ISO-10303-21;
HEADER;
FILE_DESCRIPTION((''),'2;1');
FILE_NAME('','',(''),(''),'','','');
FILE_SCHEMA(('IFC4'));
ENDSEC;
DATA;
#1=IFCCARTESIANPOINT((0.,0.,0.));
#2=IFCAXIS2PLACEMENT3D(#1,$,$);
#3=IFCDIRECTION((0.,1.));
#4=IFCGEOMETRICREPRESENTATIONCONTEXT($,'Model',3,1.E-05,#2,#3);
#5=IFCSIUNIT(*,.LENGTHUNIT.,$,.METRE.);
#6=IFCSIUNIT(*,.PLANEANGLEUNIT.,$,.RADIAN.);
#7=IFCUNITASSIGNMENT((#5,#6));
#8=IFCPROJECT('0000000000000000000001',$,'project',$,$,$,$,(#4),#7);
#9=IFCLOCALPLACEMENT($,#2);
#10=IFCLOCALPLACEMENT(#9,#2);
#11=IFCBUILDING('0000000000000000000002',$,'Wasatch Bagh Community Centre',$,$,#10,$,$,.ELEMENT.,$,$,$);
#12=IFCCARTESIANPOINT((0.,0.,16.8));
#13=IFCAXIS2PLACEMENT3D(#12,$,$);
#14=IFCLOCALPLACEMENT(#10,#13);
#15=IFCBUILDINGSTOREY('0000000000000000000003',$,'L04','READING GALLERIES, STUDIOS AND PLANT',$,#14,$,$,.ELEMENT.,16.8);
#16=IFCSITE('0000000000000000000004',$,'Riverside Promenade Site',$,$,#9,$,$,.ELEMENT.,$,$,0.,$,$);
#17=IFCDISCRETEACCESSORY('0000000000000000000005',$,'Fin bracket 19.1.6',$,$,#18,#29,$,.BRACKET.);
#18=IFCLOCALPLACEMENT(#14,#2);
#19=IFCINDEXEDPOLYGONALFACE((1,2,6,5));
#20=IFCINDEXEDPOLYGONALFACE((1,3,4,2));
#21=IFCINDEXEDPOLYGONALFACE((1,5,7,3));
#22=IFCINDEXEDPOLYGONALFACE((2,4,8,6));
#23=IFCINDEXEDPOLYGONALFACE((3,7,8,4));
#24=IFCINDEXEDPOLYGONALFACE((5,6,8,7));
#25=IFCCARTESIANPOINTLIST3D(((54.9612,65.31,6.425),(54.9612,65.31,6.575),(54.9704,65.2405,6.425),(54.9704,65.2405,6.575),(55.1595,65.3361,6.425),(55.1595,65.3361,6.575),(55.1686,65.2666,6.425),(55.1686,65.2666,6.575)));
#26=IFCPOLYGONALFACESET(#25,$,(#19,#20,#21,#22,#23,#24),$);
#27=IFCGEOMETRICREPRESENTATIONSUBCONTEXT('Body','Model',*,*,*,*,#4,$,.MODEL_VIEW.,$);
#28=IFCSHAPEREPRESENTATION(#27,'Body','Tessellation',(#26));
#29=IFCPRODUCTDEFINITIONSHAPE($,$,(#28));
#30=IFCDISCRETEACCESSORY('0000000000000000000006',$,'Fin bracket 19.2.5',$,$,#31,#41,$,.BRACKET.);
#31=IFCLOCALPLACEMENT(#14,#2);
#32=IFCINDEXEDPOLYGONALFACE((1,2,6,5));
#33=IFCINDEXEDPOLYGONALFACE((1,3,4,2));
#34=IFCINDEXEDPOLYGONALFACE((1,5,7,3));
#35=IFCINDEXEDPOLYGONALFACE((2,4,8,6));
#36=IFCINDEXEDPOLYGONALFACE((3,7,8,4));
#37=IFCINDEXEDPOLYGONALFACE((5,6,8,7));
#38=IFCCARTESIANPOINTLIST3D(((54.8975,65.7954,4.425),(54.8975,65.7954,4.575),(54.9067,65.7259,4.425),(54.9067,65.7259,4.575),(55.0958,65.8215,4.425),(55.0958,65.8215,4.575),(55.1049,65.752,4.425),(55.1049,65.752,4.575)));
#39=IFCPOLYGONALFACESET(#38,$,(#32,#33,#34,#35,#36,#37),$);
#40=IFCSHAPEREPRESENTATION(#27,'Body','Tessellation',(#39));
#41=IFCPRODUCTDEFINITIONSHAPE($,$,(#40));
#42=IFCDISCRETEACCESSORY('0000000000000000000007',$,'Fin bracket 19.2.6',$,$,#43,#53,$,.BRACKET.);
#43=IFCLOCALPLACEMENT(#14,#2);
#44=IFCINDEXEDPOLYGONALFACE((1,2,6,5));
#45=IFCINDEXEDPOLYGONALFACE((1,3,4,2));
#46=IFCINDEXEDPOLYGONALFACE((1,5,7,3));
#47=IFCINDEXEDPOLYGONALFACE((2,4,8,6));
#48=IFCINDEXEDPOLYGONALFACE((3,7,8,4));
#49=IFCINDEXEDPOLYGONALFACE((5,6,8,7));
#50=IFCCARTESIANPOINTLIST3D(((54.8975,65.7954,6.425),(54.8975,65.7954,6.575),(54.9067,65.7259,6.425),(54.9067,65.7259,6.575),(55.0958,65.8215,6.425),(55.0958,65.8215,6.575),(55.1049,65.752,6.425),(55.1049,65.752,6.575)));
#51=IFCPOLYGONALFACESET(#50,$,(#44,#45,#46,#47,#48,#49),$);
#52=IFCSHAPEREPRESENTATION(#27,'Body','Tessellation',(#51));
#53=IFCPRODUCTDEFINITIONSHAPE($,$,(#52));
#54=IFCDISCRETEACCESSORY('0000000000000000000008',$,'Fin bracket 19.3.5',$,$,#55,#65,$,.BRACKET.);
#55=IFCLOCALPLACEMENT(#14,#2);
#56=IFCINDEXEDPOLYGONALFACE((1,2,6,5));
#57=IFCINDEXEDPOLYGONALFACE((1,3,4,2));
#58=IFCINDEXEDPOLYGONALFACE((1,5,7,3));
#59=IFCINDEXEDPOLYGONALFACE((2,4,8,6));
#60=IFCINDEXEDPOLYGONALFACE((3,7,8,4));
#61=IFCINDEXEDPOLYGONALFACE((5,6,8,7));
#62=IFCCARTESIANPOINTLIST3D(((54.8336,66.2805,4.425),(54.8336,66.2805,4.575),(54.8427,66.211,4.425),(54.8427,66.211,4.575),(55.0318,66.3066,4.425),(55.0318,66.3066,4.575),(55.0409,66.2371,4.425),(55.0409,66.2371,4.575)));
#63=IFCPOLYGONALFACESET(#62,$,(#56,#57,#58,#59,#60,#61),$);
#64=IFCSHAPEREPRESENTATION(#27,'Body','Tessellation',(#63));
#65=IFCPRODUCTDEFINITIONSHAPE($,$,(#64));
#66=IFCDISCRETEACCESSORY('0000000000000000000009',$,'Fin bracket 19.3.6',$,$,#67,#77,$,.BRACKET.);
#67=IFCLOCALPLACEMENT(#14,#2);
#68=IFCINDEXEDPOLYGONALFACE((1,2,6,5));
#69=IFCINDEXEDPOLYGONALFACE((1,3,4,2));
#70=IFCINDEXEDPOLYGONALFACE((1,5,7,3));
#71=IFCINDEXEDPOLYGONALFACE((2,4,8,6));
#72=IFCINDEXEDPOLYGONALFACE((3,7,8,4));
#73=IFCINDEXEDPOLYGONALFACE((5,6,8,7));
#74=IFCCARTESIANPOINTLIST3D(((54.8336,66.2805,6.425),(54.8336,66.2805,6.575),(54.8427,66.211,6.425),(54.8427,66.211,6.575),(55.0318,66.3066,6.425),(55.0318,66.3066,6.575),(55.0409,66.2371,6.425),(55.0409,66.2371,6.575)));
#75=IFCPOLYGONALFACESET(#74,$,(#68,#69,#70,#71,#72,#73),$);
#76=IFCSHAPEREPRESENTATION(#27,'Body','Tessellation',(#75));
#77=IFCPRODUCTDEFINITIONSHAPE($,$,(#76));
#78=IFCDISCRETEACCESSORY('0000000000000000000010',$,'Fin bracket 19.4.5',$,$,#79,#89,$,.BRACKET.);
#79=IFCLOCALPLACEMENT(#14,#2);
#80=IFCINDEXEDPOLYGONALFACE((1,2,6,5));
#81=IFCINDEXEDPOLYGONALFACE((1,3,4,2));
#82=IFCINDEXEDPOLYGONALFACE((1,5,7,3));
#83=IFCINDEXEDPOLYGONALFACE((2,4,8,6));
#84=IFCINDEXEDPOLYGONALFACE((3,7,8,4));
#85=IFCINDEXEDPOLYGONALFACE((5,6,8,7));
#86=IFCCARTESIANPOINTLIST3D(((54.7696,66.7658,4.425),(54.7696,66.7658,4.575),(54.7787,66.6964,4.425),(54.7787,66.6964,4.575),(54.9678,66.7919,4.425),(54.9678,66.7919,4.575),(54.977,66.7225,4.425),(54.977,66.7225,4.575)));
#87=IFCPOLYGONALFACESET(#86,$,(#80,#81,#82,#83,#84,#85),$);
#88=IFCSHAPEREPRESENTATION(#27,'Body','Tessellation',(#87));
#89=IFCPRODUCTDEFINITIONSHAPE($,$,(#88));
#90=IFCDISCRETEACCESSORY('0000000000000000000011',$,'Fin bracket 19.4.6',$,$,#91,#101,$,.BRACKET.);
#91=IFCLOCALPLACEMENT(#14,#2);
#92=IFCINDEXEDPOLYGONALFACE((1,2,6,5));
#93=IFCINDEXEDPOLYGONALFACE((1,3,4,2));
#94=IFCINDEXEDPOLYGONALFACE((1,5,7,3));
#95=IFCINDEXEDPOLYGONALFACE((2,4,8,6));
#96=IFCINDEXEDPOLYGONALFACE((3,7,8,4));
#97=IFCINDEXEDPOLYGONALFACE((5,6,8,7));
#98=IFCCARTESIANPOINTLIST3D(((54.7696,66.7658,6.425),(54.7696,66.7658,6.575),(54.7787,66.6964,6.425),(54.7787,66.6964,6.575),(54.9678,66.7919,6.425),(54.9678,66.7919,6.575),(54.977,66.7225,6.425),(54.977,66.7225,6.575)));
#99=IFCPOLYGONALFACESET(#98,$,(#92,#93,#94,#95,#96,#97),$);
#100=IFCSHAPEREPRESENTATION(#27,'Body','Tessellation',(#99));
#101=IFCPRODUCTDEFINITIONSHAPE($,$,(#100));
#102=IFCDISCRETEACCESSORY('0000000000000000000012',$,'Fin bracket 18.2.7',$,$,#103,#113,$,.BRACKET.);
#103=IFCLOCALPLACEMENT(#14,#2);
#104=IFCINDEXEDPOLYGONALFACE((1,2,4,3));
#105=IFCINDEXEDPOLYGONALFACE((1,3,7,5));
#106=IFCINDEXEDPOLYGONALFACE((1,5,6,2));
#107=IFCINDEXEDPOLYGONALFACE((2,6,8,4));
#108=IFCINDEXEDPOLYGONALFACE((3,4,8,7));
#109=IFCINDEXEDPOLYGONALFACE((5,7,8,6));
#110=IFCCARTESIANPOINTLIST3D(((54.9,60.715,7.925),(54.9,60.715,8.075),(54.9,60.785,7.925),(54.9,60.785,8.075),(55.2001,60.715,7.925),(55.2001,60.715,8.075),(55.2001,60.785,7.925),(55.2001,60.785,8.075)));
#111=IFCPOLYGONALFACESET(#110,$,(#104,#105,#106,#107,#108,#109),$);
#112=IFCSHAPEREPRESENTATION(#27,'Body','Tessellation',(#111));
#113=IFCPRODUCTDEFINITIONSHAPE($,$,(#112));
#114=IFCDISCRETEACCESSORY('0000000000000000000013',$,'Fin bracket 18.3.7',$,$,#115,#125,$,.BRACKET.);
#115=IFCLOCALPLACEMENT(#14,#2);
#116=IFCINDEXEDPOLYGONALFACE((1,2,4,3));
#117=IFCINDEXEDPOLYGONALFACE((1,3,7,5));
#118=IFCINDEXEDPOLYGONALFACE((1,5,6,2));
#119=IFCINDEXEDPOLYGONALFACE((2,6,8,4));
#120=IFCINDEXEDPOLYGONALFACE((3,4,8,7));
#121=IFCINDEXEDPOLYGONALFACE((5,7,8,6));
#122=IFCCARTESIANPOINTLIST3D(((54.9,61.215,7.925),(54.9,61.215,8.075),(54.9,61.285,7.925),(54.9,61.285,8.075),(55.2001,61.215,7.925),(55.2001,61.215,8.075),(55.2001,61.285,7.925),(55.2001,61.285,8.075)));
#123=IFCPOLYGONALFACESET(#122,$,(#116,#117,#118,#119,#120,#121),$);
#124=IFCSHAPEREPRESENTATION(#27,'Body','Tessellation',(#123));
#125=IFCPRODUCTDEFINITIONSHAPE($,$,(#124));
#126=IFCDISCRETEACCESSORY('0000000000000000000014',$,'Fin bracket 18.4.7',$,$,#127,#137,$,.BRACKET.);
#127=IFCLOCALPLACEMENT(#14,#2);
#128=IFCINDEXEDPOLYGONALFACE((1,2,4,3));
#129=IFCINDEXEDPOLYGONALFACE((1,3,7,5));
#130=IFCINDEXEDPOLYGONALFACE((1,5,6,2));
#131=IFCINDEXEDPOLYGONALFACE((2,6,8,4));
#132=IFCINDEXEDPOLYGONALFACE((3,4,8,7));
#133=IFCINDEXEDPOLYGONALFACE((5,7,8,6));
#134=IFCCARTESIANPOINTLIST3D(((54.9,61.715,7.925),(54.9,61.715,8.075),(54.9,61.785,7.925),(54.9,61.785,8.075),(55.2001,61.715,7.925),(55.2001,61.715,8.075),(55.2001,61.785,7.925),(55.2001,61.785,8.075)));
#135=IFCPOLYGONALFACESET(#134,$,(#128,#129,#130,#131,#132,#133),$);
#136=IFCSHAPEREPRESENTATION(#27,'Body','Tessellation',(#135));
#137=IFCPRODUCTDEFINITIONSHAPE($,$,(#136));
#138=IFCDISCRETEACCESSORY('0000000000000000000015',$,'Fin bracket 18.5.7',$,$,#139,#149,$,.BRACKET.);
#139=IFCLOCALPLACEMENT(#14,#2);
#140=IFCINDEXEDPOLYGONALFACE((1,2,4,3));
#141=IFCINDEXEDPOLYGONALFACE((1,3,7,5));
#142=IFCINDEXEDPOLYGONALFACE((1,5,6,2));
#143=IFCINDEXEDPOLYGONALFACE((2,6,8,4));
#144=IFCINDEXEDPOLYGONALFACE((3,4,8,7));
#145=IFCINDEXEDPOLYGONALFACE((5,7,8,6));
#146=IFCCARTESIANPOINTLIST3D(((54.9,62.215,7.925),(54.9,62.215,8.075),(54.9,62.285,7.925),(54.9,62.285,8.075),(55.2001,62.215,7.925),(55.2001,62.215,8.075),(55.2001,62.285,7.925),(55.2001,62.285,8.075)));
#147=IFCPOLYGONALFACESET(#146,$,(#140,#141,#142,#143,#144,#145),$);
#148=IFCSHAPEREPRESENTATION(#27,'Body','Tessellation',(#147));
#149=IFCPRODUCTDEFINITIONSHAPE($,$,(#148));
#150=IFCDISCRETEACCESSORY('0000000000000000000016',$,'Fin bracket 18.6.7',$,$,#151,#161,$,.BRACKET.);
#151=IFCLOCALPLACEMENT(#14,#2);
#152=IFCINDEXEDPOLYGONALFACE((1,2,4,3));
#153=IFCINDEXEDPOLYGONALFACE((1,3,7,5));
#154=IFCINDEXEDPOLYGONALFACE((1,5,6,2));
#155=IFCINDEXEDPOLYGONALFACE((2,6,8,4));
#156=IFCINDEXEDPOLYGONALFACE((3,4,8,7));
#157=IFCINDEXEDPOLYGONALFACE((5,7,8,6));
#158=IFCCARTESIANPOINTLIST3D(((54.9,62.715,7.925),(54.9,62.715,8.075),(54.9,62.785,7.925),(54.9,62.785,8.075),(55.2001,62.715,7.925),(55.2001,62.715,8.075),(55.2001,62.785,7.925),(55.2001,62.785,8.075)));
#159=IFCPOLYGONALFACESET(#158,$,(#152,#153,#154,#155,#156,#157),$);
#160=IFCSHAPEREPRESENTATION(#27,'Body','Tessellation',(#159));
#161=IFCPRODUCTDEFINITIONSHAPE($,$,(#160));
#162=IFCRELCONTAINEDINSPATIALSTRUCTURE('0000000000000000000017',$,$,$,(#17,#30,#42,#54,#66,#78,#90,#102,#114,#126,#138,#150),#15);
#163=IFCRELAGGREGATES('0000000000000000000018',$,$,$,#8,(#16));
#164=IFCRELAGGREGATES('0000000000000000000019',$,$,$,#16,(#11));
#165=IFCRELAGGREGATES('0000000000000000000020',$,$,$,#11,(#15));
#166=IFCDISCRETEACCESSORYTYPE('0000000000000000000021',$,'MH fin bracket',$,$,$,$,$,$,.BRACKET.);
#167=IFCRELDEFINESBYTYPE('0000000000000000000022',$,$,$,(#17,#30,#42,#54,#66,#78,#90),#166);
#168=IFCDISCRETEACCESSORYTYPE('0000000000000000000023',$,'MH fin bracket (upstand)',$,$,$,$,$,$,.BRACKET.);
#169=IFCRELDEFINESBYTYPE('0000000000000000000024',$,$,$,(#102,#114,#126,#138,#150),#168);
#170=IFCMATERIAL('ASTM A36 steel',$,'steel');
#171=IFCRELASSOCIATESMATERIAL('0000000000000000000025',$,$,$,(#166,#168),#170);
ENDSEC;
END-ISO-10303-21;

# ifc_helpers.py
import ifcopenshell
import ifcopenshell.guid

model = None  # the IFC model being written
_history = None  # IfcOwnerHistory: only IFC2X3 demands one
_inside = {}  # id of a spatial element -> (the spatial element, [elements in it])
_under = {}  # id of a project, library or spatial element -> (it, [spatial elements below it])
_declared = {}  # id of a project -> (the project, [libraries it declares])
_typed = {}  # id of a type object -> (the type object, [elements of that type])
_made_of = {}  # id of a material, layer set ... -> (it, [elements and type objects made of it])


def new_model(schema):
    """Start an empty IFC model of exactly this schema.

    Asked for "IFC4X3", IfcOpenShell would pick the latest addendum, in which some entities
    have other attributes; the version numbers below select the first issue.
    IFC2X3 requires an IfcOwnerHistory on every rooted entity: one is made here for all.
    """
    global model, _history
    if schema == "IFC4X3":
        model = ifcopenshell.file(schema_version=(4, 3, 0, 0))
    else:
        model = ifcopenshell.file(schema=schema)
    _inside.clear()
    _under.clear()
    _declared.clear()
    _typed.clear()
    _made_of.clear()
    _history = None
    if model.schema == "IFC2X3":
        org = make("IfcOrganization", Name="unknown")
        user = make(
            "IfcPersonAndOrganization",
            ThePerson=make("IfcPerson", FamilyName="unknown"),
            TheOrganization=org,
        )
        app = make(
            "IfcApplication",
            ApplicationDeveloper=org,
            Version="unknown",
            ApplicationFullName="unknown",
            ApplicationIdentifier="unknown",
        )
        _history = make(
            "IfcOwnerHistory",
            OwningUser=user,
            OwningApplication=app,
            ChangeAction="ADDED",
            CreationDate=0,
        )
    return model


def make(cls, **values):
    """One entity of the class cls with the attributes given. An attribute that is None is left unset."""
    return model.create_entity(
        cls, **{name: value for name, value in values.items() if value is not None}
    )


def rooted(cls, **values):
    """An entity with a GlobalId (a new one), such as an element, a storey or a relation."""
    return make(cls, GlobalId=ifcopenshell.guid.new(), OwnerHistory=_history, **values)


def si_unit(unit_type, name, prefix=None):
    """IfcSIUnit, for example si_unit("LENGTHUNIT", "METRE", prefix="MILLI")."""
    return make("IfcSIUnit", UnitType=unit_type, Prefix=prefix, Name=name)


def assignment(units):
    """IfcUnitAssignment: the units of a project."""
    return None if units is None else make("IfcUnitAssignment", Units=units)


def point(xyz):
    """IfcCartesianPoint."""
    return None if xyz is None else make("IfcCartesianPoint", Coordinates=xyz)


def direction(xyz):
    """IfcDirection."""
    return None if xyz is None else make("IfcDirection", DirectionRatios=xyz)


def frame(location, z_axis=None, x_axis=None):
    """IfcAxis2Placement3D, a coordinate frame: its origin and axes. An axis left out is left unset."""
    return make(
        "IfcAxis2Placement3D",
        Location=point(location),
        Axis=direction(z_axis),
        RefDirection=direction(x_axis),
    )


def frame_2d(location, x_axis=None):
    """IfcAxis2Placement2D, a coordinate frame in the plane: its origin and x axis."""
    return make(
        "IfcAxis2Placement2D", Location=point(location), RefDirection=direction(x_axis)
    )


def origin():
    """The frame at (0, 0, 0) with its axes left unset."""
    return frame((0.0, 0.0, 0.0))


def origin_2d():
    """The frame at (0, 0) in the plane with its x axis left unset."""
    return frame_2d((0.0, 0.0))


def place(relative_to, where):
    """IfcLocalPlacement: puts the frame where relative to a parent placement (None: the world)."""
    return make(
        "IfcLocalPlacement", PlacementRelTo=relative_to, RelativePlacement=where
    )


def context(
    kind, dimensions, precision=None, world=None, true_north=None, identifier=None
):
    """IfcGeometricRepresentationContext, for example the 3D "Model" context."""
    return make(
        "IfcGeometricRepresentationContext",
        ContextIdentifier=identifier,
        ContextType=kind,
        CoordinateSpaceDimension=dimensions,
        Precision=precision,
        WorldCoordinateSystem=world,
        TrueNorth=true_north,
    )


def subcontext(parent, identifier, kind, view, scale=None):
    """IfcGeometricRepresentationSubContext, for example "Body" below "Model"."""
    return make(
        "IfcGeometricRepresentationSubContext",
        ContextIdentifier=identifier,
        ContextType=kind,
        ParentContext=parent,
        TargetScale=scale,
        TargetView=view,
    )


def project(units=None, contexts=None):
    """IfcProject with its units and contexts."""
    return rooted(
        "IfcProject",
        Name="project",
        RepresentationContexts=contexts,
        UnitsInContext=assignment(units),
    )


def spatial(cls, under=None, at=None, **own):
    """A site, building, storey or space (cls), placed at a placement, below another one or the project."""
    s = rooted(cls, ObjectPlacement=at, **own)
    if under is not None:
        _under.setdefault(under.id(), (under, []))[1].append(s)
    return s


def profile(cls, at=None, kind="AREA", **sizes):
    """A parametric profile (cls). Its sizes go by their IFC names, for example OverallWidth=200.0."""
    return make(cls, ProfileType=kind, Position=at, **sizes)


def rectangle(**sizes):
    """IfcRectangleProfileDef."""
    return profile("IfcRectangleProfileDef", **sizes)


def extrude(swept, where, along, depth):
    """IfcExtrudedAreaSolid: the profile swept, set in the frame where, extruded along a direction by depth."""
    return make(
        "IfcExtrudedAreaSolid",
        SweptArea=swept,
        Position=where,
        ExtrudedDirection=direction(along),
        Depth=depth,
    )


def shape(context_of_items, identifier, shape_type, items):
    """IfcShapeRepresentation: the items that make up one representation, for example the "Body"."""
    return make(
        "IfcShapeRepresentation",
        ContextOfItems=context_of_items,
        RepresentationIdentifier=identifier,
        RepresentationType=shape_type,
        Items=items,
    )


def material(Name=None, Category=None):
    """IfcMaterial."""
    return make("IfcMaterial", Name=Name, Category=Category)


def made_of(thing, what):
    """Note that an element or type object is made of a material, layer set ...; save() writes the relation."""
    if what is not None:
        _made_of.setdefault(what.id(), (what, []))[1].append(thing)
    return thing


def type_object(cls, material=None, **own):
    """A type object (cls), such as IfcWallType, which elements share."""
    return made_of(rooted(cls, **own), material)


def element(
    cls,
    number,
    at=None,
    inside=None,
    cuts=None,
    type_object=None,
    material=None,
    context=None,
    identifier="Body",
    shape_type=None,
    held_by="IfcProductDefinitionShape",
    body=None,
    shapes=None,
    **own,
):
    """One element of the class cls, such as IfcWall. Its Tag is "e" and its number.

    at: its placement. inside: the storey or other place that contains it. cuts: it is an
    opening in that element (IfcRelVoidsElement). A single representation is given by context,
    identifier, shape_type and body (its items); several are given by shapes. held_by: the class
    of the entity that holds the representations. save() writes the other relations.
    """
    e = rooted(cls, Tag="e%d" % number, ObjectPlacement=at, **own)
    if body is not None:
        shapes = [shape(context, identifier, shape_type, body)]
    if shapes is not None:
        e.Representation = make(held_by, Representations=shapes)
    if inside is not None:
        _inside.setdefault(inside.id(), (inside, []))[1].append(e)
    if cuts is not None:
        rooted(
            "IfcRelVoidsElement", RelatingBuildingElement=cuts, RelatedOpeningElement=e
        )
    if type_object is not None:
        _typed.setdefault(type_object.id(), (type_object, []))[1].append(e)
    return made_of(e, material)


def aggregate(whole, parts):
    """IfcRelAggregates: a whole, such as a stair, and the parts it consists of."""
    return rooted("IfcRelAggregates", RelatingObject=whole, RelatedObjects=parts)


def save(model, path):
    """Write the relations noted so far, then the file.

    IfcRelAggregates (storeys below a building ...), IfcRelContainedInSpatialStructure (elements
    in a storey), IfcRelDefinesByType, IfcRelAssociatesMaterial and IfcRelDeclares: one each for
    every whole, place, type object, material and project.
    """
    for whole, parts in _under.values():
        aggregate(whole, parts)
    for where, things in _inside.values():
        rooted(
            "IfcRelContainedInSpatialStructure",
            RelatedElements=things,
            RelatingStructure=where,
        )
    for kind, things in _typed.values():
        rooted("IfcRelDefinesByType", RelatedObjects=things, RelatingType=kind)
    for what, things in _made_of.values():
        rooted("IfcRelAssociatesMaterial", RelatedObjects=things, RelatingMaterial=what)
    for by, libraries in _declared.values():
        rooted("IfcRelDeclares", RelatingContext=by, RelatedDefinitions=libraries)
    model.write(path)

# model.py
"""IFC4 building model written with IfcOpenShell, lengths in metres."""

from ifc_helpers import new_model, si_unit, direction, frame, origin, origin_2d, place, context, subcontext, project, spatial, rectangle, extrude, material, type_object, element, save


model = new_model("IFC4")

# Units and contexts
model_context = context("Model", 3, precision=1e-05, world=origin(), true_north=direction((0.0, 1.0)))
body_context = subcontext(model_context, "Body", "Model", "MODEL_VIEW")
ifc_project = project(units=[si_unit("LENGTHUNIT", "METRE"), si_unit("PLANEANGLEUNIT", "RADIAN")], contexts=[model_context])

# Site, building, storey
site_placement = place(None, origin())
site = spatial("IfcSite", under=ifc_project, at=site_placement, Name="Riverside Promenade Site", CompositionType="ELEMENT", RefElevation=0.0)
building_placement = place(site_placement, origin())
building = spatial("IfcBuilding", under=site, at=building_placement, Name="Wasatch Bagh Community Centre", CompositionType="ELEMENT")
storey_placement = place(building_placement, frame((0.0, 0.0, 16.8)))
storey = spatial("IfcBuildingStorey", under=building, at=storey_placement, Name="L04", Description="READING GALLERIES, STUDIOS AND PLANT", CompositionType="ELEMENT", Elevation=16.8)

# Shared definitions
ifc_material_1 = material(Name="ASTM A36 steel", Category="steel")

# Discrete accessories
discrete_accessory_type_1 = type_object("IfcDiscreteAccessoryType", Name="MH fin bracket", PredefinedType="BRACKET", material=ifc_material_1)
for number, where, z_axis, x_axis, name in (
    (1, (55.0649, 65.2883, 6.425), (0.0, 0.0, 1.0), (-0.130526, 0.991445, 0.0), "Fin bracket 19.1.6"),
    (2, (55.0012, 65.7737, 4.425), (0.0, 0.0, 1.0), (-0.130526, 0.991445, 0.0), "Fin bracket 19.2.5"),
    (3, (55.0012, 65.7737, 6.425), (0.0, 0.0, 1.0), (-0.130526, 0.991445, 0.0), "Fin bracket 19.2.6"),
    (4, (54.9373, 66.2588, 4.425), (0.0, 0.0, 1.0), (-0.130526, 0.991445, 0.0), "Fin bracket 19.3.5"),
    (5, (54.9373, 66.2588, 6.425), (0.0, 0.0, 1.0), (-0.130526, 0.991445, 0.0), "Fin bracket 19.3.6"),
    (6, (54.8733, 66.7441, 4.425), (0.0, 0.0, 1.0), (-0.130526, 0.991445, 0.0), "Fin bracket 19.4.5"),
    (7, (54.8733, 66.7441, 6.425), (0.0, 0.0, 1.0), (-0.130526, 0.991445, 0.0), "Fin bracket 19.4.6"),
):
    element("IfcDiscreteAccessory", number, at=place(storey_placement, frame(where, z_axis=z_axis, x_axis=x_axis)), inside=storey, type_object=discrete_accessory_type_1, Name=name, PredefinedType="BRACKET", context=body_context, shape_type="SweptSolid", body=[
        extrude(rectangle(XDim=0.0701, YDim=0.2, at=origin_2d()), origin(), (0.0, 0.0, 1.0), 0.1499),
    ])
discrete_accessory_type_2 = type_object("IfcDiscreteAccessoryType", Name="MH fin bracket (upstand)", PredefinedType="BRACKET", material=ifc_material_1)
for number, where, z_axis, x_axis, name in (
    (8, (55.05, 60.75, 7.925), (0.0, 0.0, 1.0), (0.0, 1.0, 0.0), "Fin bracket 18.2.7"),
    (9, (55.05, 61.25, 7.925), (0.0, 0.0, 1.0), (0.0, 1.0, 0.0), "Fin bracket 18.3.7"),
    (10, (55.05, 61.75, 7.925), (0.0, 0.0, 1.0), (0.0, 1.0, 0.0), "Fin bracket 18.4.7"),
    (11, (55.05, 62.25, 7.925), (0.0, 0.0, 1.0), (0.0, 1.0, 0.0), "Fin bracket 18.5.7"),
    (12, (55.05, 62.75, 7.925), (0.0, 0.0, 1.0), (0.0, 1.0, 0.0), "Fin bracket 18.6.7"),
):
    element("IfcDiscreteAccessory", number, at=place(storey_placement, frame(where, z_axis=z_axis, x_axis=x_axis)), inside=storey, type_object=discrete_accessory_type_2, Name=name, PredefinedType="BRACKET", context=body_context, shape_type="SweptSolid", body=[
        extrude(rectangle(XDim=0.0701, YDim=0.3, at=origin_2d()), origin(), (0.0, 0.0, 1.0), 0.1499),
    ])

save(model, "model.ifc")
